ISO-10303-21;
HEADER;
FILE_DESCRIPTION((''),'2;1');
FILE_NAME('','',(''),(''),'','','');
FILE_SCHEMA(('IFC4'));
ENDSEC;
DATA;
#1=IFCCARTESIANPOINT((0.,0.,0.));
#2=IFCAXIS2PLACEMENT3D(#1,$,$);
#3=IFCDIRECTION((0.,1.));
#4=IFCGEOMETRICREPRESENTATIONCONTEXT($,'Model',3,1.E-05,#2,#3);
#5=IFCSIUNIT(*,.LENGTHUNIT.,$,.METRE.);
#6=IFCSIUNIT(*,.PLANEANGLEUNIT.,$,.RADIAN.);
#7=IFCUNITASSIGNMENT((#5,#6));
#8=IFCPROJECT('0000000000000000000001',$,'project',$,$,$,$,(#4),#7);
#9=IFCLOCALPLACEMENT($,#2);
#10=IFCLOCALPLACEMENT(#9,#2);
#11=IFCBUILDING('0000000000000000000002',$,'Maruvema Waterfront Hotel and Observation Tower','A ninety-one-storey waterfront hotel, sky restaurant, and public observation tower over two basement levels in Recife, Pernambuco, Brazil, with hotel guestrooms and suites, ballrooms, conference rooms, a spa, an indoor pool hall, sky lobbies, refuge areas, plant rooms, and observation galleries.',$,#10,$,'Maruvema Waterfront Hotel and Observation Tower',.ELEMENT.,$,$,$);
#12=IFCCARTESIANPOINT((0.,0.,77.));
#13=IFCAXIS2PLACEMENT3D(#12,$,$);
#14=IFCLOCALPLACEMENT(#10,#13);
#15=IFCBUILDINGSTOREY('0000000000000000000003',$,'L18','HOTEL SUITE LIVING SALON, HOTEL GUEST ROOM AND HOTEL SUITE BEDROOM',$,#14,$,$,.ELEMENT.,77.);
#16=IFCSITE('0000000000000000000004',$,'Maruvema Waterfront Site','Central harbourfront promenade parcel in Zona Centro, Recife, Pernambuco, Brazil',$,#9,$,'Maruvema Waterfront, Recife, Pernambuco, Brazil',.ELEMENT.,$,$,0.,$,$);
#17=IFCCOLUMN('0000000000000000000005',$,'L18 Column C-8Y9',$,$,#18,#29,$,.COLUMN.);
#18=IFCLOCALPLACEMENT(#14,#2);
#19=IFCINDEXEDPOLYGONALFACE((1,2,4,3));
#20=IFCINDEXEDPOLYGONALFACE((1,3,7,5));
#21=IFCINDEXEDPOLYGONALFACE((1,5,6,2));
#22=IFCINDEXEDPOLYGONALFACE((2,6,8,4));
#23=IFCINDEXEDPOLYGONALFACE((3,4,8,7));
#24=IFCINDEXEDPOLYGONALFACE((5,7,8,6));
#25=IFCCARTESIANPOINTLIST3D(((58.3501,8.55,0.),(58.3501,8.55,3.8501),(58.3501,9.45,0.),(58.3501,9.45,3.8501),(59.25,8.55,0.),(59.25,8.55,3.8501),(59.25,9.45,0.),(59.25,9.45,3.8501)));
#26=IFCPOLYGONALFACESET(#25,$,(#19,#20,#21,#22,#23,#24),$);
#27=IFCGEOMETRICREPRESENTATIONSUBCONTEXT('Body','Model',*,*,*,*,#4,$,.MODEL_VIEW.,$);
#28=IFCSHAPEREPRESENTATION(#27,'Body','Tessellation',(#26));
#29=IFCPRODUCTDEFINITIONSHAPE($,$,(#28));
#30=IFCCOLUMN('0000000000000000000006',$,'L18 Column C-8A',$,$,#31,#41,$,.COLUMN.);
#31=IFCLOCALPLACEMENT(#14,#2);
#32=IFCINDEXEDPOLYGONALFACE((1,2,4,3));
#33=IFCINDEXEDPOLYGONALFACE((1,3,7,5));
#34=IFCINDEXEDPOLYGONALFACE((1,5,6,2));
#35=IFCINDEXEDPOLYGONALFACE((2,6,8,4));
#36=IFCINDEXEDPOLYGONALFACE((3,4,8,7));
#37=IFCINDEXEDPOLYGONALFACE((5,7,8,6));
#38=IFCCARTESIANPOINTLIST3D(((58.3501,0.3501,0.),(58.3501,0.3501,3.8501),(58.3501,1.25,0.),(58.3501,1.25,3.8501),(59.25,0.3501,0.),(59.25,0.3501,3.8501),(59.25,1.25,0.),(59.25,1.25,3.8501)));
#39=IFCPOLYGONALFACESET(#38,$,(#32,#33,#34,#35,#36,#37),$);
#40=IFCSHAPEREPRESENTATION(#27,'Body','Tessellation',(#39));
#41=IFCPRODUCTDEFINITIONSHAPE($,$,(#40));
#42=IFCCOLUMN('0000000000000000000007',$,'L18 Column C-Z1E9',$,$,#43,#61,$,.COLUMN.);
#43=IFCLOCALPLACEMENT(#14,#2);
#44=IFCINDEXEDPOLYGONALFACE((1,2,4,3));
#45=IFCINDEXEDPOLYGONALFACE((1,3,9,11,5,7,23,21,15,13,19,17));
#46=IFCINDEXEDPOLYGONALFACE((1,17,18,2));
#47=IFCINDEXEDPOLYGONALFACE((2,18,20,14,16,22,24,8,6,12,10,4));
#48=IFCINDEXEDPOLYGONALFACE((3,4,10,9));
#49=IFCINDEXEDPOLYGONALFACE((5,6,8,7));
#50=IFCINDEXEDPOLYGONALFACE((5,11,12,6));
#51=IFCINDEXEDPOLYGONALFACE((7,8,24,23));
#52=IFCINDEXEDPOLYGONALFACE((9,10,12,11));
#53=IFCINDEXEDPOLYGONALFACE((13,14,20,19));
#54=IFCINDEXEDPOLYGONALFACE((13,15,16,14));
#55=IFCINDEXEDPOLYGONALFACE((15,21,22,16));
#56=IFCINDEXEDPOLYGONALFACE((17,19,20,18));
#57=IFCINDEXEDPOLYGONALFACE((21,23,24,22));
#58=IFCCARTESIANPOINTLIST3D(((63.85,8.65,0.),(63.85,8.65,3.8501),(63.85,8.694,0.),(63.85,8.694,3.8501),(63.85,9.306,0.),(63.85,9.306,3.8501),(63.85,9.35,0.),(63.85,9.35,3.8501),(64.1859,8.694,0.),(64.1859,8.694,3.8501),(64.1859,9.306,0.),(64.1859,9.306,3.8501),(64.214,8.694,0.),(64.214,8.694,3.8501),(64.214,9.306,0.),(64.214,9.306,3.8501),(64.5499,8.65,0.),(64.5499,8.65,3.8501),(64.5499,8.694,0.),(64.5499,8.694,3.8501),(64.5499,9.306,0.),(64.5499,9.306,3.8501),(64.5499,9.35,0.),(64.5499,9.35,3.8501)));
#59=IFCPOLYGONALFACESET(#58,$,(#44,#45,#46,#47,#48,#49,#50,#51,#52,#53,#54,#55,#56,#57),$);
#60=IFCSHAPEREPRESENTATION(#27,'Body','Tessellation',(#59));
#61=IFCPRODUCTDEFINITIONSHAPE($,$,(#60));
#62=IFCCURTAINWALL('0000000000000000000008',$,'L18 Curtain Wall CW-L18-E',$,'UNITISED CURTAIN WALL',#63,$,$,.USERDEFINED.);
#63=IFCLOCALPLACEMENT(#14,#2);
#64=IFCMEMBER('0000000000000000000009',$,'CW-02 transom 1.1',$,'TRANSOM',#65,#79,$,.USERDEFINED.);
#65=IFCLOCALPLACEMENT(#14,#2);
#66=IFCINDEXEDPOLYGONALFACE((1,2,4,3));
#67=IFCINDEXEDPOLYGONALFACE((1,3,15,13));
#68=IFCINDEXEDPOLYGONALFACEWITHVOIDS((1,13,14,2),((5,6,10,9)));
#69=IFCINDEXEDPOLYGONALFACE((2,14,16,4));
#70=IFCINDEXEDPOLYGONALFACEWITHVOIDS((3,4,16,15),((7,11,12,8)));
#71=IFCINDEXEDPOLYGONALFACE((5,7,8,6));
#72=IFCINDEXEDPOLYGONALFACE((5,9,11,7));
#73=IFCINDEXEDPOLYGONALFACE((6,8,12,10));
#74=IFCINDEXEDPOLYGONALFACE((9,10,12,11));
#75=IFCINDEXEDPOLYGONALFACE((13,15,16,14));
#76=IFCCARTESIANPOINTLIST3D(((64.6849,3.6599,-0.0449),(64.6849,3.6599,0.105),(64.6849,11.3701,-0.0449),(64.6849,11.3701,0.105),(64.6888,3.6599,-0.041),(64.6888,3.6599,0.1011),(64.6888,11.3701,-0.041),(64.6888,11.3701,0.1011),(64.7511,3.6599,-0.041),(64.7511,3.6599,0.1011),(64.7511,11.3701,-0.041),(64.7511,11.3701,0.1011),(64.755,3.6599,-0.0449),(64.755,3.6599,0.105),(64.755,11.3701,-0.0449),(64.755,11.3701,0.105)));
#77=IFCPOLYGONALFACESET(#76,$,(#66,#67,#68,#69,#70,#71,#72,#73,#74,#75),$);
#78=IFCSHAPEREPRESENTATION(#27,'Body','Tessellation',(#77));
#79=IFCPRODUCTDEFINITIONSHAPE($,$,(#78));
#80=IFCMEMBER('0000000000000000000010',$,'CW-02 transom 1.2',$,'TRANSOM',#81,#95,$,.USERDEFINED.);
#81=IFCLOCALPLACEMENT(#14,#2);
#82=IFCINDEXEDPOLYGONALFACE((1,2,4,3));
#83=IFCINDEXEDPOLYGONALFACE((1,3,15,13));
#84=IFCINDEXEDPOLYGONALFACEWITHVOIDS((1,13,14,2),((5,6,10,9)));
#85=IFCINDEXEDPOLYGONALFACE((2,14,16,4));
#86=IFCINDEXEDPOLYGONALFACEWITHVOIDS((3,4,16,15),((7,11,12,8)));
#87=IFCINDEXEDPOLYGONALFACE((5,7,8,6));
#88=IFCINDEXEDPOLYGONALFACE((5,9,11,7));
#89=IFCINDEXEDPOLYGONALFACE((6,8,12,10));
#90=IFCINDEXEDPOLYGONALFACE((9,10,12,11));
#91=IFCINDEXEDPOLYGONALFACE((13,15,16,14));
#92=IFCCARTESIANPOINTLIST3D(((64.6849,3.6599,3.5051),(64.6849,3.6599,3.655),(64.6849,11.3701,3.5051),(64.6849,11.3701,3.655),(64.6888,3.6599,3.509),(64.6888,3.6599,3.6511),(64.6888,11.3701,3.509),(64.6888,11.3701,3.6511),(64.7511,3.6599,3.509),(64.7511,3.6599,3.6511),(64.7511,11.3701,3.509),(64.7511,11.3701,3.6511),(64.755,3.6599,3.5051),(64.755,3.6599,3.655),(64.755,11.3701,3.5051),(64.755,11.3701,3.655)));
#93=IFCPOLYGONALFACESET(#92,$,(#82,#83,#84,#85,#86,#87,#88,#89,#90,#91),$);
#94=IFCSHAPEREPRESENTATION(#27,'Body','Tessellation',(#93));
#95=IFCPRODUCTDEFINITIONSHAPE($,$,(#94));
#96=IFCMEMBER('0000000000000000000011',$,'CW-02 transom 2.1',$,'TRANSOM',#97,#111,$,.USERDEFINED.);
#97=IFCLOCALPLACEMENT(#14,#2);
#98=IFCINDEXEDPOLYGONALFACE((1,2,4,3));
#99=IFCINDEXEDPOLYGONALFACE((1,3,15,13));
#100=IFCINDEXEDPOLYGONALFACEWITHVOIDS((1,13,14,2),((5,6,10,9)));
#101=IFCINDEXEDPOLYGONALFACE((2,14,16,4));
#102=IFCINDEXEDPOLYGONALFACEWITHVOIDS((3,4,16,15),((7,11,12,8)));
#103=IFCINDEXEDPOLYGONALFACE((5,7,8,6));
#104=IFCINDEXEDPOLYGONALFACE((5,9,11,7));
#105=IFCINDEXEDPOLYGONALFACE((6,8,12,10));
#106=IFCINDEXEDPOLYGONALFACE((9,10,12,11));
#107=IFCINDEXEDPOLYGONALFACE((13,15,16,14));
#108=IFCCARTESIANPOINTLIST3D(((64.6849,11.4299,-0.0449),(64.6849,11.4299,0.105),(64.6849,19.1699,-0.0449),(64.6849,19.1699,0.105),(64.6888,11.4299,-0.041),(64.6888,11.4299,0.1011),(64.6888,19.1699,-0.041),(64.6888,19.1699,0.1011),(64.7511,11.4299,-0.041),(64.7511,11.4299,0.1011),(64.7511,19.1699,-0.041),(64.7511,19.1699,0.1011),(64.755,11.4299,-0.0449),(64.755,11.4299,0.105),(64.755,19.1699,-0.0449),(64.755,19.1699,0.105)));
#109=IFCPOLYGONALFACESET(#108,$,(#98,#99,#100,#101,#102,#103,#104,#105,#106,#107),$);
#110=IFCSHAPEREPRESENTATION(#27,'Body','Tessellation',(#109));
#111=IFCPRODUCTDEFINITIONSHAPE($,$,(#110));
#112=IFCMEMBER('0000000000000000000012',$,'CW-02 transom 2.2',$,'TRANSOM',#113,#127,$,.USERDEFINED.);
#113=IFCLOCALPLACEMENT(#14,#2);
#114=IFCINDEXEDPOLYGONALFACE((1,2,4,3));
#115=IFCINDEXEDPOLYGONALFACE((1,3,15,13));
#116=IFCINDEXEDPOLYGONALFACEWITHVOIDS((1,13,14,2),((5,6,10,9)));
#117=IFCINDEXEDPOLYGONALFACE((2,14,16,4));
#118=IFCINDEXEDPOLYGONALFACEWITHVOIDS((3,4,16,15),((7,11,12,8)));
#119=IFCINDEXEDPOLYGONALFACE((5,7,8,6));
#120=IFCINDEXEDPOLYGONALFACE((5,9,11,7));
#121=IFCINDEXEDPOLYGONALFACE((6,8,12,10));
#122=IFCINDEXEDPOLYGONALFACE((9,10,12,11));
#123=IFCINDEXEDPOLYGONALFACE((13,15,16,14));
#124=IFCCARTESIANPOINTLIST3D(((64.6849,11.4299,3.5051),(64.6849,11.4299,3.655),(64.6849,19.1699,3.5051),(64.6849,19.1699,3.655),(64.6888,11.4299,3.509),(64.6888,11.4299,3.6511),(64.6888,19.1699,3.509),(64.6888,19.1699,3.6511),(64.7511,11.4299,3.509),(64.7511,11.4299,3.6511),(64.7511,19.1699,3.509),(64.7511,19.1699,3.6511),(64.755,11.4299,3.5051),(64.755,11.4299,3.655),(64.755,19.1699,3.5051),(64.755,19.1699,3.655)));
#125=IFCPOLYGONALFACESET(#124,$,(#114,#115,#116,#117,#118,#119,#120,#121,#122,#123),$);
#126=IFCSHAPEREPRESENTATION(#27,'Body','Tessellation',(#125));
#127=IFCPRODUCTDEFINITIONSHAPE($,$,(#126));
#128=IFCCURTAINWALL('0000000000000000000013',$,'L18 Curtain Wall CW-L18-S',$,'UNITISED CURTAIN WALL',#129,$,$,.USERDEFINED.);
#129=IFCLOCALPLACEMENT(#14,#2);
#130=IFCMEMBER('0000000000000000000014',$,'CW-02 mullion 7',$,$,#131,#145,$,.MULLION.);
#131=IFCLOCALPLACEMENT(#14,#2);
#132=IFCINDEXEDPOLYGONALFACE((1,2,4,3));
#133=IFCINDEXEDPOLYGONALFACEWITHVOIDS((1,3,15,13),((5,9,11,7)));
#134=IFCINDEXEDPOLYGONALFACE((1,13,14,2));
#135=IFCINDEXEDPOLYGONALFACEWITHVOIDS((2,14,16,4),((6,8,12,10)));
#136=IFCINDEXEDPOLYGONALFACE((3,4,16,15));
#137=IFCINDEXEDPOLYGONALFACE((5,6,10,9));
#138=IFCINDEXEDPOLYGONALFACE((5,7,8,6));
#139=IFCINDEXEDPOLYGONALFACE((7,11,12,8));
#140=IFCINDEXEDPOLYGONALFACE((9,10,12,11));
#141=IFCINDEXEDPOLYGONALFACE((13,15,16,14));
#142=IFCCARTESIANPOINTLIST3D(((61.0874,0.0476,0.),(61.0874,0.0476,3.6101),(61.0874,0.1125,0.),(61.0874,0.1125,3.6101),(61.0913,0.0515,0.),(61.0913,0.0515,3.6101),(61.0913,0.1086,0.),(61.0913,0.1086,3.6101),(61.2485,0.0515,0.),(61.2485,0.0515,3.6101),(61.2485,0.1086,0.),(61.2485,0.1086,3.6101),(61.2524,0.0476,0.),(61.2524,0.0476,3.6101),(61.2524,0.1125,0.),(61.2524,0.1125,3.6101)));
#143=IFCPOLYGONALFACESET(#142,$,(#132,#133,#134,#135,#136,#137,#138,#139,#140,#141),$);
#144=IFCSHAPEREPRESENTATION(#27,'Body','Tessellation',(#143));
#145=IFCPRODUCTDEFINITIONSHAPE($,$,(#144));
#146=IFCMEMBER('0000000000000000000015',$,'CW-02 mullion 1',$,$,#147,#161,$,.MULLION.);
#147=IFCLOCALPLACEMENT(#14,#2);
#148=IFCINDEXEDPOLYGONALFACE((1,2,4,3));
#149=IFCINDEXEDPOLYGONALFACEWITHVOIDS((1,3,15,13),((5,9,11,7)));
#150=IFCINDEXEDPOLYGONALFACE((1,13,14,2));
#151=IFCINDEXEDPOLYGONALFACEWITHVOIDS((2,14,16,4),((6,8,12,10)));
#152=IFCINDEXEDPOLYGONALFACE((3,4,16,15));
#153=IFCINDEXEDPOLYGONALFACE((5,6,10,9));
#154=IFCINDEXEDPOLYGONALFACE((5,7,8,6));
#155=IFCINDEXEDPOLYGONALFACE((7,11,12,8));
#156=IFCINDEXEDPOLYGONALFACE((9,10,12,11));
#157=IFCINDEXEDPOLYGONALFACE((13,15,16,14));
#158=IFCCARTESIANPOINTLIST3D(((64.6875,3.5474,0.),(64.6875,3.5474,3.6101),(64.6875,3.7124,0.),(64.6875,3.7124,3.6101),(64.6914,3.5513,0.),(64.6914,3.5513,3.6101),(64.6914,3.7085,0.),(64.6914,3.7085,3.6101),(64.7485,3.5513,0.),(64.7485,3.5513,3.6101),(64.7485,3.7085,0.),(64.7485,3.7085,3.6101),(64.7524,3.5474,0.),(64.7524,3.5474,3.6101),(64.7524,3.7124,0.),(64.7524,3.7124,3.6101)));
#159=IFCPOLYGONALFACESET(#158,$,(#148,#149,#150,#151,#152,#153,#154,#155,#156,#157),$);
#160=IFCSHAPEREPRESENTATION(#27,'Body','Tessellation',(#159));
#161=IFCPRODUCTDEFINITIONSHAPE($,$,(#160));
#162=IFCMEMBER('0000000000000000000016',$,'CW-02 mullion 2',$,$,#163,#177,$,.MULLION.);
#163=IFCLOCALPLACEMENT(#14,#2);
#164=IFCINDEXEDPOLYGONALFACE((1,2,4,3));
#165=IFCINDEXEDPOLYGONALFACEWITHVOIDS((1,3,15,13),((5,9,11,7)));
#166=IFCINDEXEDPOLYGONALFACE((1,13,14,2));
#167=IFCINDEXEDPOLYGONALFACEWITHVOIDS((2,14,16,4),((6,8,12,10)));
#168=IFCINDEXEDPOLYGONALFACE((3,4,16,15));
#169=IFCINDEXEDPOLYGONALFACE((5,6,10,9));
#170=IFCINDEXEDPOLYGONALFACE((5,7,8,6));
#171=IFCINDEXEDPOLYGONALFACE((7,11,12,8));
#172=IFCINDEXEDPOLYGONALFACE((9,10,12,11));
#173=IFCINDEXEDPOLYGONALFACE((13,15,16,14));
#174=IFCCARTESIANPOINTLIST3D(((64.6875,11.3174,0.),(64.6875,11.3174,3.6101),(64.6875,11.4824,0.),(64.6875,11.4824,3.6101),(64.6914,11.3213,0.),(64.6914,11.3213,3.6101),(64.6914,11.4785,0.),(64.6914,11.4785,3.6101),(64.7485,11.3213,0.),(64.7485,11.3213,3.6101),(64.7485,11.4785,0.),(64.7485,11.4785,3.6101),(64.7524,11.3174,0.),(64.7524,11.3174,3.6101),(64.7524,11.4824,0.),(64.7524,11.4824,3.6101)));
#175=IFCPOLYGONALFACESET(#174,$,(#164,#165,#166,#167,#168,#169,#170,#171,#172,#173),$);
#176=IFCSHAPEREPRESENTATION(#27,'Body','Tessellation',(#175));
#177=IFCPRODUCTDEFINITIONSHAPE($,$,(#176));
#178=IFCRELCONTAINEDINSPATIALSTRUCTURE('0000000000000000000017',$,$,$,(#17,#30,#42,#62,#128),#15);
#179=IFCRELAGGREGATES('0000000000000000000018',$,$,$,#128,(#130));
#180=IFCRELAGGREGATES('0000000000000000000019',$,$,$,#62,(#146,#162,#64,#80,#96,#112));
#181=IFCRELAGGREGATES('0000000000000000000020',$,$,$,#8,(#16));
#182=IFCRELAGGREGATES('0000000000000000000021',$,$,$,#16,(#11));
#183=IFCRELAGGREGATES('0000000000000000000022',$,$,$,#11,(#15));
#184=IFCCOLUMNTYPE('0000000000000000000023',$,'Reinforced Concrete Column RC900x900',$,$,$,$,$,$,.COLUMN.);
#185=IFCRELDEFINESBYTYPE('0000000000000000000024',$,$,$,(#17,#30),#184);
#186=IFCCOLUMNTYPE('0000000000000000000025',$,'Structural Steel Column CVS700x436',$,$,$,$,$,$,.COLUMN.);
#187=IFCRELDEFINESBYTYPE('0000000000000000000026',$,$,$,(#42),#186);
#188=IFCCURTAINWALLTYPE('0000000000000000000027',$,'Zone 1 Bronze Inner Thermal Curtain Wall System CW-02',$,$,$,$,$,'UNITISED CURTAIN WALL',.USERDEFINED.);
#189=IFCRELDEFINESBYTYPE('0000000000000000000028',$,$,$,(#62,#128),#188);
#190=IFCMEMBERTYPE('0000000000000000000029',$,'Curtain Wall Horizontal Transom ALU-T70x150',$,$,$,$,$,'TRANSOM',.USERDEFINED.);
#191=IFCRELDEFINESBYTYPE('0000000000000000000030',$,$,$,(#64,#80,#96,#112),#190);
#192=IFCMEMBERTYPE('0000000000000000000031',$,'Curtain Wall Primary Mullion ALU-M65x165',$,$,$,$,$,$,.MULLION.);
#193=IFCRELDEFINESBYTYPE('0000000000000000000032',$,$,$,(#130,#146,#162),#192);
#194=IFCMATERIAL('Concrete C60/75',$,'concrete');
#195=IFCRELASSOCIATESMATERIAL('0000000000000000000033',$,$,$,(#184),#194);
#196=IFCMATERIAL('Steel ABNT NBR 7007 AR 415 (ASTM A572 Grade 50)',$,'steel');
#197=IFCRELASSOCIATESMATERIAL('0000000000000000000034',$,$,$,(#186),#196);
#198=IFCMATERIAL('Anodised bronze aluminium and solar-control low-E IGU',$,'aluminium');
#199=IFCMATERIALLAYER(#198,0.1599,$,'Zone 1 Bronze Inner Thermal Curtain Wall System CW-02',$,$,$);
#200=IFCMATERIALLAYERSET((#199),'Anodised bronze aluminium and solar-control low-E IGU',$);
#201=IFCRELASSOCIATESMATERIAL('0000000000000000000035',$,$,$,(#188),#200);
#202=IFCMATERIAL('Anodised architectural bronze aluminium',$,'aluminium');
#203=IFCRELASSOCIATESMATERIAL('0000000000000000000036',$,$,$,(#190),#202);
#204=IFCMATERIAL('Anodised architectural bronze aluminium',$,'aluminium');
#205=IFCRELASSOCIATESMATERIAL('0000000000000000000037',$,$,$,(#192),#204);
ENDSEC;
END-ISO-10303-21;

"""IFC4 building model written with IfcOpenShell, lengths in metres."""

from ifc_helpers import new_model, si_unit, direction, frame, origin, origin_2d, place, context, subcontext, project, spatial, rectangle, hollow_rectangle, i_section, extrude, material, layer, layer_set, material_profile, profile_set, type_object, element, aggregate, save


model = new_model("IFC4")

# Units and contexts
model_context = context("Model", 3, precision=1e-05, world=origin(), true_north=direction((0.0, 1.0)))
body_context = subcontext(model_context, "Body", "Model", "MODEL_VIEW")
ifc_project = project(units=[si_unit("LENGTHUNIT", "METRE"), si_unit("PLANEANGLEUNIT", "RADIAN")], contexts=[model_context])

# Site, building, storey
site_placement = place(None, origin())
site = spatial("IfcSite", under=ifc_project, at=site_placement, Name="Maruvema Waterfront Site", Description="Central harbourfront promenade parcel in Zona Centro, Recife, Pernambuco, Brazil", LongName="Maruvema Waterfront, Recife, Pernambuco, Brazil", CompositionType="ELEMENT", RefElevation=0.0)
building_placement = place(site_placement, origin())
building = spatial("IfcBuilding", under=site, at=building_placement, Name="Maruvema Waterfront Hotel and Observation Tower", Description="A ninety-one-storey waterfront hotel, sky restaurant, and public observation tower over two basement levels in Recife, Pernambuco, Brazil, with hotel guestrooms and suites, ballrooms, conference rooms, a spa, an indoor pool hall, sky lobbies, refuge areas, plant rooms, and observation galleries.", LongName="Maruvema Waterfront Hotel and Observation Tower", CompositionType="ELEMENT")
storey_placement = place(building_placement, frame((0.0, 0.0, 77.0)))
storey = spatial("IfcBuildingStorey", under=building, at=storey_placement, Name="L18", Description="HOTEL SUITE LIVING SALON, HOTEL GUEST ROOM AND HOTEL SUITE BEDROOM", CompositionType="ELEMENT", Elevation=77.0)

# Columns
ifc_material_1 = material(Name="Concrete C60/75", Category="concrete")
ifc_material_profile_1 = material_profile(ifc_material_1, rectangle(XDim=0.8999, YDim=0.8999, at=origin_2d()), Name="RC900x900")
ifc_profile_set_1 = profile_set([ifc_material_profile_1], Name="Concrete C60/75")
column_type_1 = type_object("IfcColumnType", Name="Reinforced Concrete Column RC900x900", PredefinedType="COLUMN", material=ifc_profile_set_1)
for number, where, z_axis, x_axis, name in (
    (1, (58.8, 9.0, 0.0), (0.0, 0.0, 1.0), (1.0, 0.0, 0.0), "L18 Column C-8Y9"),
    (2, (58.8, 0.8, 0.0), (0.0, 0.0, 1.0), (1.0, 0.0, 0.0), "L18 Column C-8A"),
):
    element("IfcColumn", number, at=place(storey_placement, frame(where, z_axis=z_axis, x_axis=x_axis)), inside=storey, type_object=column_type_1, Name=name, PredefinedType="COLUMN", context=body_context, shape_type="SweptSolid", body=[
        extrude(rectangle(XDim=0.8999, YDim=0.8999, at=origin_2d()), origin(), (0.0, 0.0, 1.0), 3.8501),
    ])
ifc_material_2 = material(Name="Steel ABNT NBR 7007 AR 415 (ASTM A572 Grade 50)", Category="steel")
ifc_material_profile_2 = material_profile(ifc_material_2, i_section(OverallWidth=0.7, OverallDepth=0.7, WebThickness=0.0281, FlangeThickness=0.0439, at=origin_2d()), Name="CVS700x436")
ifc_profile_set_2 = profile_set([ifc_material_profile_2], Name="Steel ABNT NBR 7007 AR 415 (ASTM A572 Grade 50)")
column_type_2 = type_object("IfcColumnType", Name="Structural Steel Column CVS700x436", PredefinedType="COLUMN", material=ifc_profile_set_2)
column_placement = place(storey_placement, frame((64.2, 9.0, 0.0), z_axis=(0.0, 0.0, 1.0), x_axis=(1.0, 0.0, 0.0)))
element("IfcColumn", 3, at=column_placement, inside=storey, type_object=column_type_2, Name="L18 Column C-Z1E9", PredefinedType="COLUMN", context=body_context, shape_type="SweptSolid", body=[
    extrude(i_section(OverallWidth=0.7, OverallDepth=0.7, WebThickness=0.0281, FlangeThickness=0.0439, at=origin_2d()), origin(), (0.0, 0.0, 1.0), 3.8501),
])

# Curtain wall, members
ifc_material_3 = material(Name="Anodised bronze aluminium and solar-control low-E IGU", Category="aluminium")
ifc_layer_1 = layer(ifc_material_3, 0.1599, Name="Zone 1 Bronze Inner Thermal Curtain Wall System CW-02")
ifc_layer_set_1 = layer_set([ifc_layer_1], Name="Anodised bronze aluminium and solar-control low-E IGU")
curtain_wall_type = type_object("IfcCurtainWallType", Name="Zone 1 Bronze Inner Thermal Curtain Wall System CW-02", ElementType="UNITISED CURTAIN WALL", PredefinedType="USERDEFINED", material=ifc_layer_set_1)
curtain_wall_1_placement = place(storey_placement, origin())
curtain_wall_1 = element("IfcCurtainWall", 4, at=curtain_wall_1_placement, inside=storey, type_object=curtain_wall_type, Name="L18 Curtain Wall CW-L18-E", ObjectType="UNITISED CURTAIN WALL", PredefinedType="USERDEFINED")
ifc_material_4 = material(Name="Anodised architectural bronze aluminium", Category="aluminium")
ifc_material_profile_3 = material_profile(ifc_material_4, hollow_rectangle(XDim=0.0701, YDim=0.1499, WallThickness=0.0039, at=origin_2d()), Name="ALU-T70x150")
ifc_profile_set_3 = profile_set([ifc_material_profile_3], Name="Anodised architectural bronze aluminium")
member_type_1 = type_object("IfcMemberType", Name="Curtain Wall Horizontal Transom ALU-T70x150", ElementType="TRANSOM", PredefinedType="USERDEFINED", material=ifc_profile_set_3)
member_1_placement = place(storey_placement, frame((64.72, 3.6599, 0.03), z_axis=(0.0, 1.0, 0.0), x_axis=(-1.0, 0.0, 0.0)))
member_1 = element("IfcMember", 5, at=member_1_placement, type_object=member_type_1, Name="CW-02 transom 1.1", ObjectType="TRANSOM", PredefinedType="USERDEFINED", context=body_context, shape_type="SweptSolid", body=[
    extrude(hollow_rectangle(XDim=0.0701, YDim=0.1499, WallThickness=0.0039, at=origin_2d()), origin(), (0.0, 0.0, 1.0), 7.7102),
])
member_2_placement = place(storey_placement, frame((64.72, 3.6599, 3.5801), z_axis=(0.0, 1.0, 0.0), x_axis=(-1.0, 0.0, 0.0)))
member_2 = element("IfcMember", 6, at=member_2_placement, type_object=member_type_1, Name="CW-02 transom 1.2", ObjectType="TRANSOM", PredefinedType="USERDEFINED", context=body_context, shape_type="SweptSolid", body=[
    extrude(hollow_rectangle(XDim=0.0701, YDim=0.1499, WallThickness=0.0039, at=origin_2d()), origin(), (0.0, 0.0, 1.0), 7.7102),
])
member_3_placement = place(storey_placement, frame((64.72, 11.4299, 0.03), z_axis=(0.0, 1.0, 0.0), x_axis=(-1.0, 0.0, 0.0)))
member_3 = element("IfcMember", 7, at=member_3_placement, type_object=member_type_1, Name="CW-02 transom 2.1", ObjectType="TRANSOM", PredefinedType="USERDEFINED", context=body_context, shape_type="SweptSolid", body=[
    extrude(hollow_rectangle(XDim=0.0701, YDim=0.1499, WallThickness=0.0039, at=origin_2d()), origin(), (0.0, 0.0, 1.0), 7.74),
])
member_4_placement = place(storey_placement, frame((64.72, 11.4299, 3.5801), z_axis=(0.0, 1.0, 0.0), x_axis=(-1.0, 0.0, 0.0)))
member_4 = element("IfcMember", 8, at=member_4_placement, type_object=member_type_1, Name="CW-02 transom 2.2", ObjectType="TRANSOM", PredefinedType="USERDEFINED", context=body_context, shape_type="SweptSolid", body=[
    extrude(hollow_rectangle(XDim=0.0701, YDim=0.1499, WallThickness=0.0039, at=origin_2d()), origin(), (0.0, 0.0, 1.0), 7.74),
])

# Curtain wall, member
curtain_wall_2_placement = place(storey_placement, origin())
curtain_wall_2 = element("IfcCurtainWall", 9, at=curtain_wall_2_placement, inside=storey, type_object=curtain_wall_type, Name="L18 Curtain Wall CW-L18-S", ObjectType="UNITISED CURTAIN WALL", PredefinedType="USERDEFINED")
ifc_material_5 = material(Name="Anodised architectural bronze aluminium", Category="aluminium")
ifc_material_profile_4 = material_profile(ifc_material_5, hollow_rectangle(XDim=0.0649, YDim=0.165, WallThickness=0.0039, at=origin_2d()), Name="ALU-M65x165")
ifc_profile_set_4 = profile_set([ifc_material_profile_4], Name="Anodised architectural bronze aluminium")
member_type_2 = type_object("IfcMemberType", Name="Curtain Wall Primary Mullion ALU-M65x165", PredefinedType="MULLION", material=ifc_profile_set_4)
member_5_placement = place(storey_placement, frame((61.1699, 0.0801, 0.0), z_axis=(0.0, 0.0, 1.0), x_axis=(0.0, 1.0, 0.0)))
member_5 = element("IfcMember", 10, at=member_5_placement, type_object=member_type_2, Name="CW-02 mullion 7", PredefinedType="MULLION", context=body_context, shape_type="SweptSolid", body=[
    extrude(hollow_rectangle(XDim=0.0649, YDim=0.165, WallThickness=0.0039, at=origin_2d()), origin(), (0.0, 0.0, 1.0), 3.6101),
])

# Members
member_6_placement = place(storey_placement, frame((64.72, 3.6299, 0.0), z_axis=(0.0, 0.0, 1.0), x_axis=(-1.0, 0.0, 0.0)))
member_6 = element("IfcMember", 11, at=member_6_placement, type_object=member_type_2, Name="CW-02 mullion 1", PredefinedType="MULLION", context=body_context, shape_type="SweptSolid", body=[
    extrude(hollow_rectangle(XDim=0.0649, YDim=0.165, WallThickness=0.0039, at=origin_2d()), origin(), (0.0, 0.0, 1.0), 3.6101),
])
member_7_placement = place(storey_placement, frame((64.72, 11.3999, 0.0), z_axis=(0.0, 0.0, 1.0), x_axis=(-1.0, 0.0, 0.0)))
member_7 = element("IfcMember", 12, at=member_7_placement, type_object=member_type_2, Name="CW-02 mullion 2", PredefinedType="MULLION", context=body_context, shape_type="SweptSolid", body=[
    extrude(hollow_rectangle(XDim=0.0649, YDim=0.165, WallThickness=0.0039, at=origin_2d()), origin(), (0.0, 0.0, 1.0), 3.6101),
])

aggregate(curtain_wall_2, [member_5])
aggregate(curtain_wall_1, [member_6, member_7, member_1, member_2, member_3, member_4])

save(model, "model.ifc")
